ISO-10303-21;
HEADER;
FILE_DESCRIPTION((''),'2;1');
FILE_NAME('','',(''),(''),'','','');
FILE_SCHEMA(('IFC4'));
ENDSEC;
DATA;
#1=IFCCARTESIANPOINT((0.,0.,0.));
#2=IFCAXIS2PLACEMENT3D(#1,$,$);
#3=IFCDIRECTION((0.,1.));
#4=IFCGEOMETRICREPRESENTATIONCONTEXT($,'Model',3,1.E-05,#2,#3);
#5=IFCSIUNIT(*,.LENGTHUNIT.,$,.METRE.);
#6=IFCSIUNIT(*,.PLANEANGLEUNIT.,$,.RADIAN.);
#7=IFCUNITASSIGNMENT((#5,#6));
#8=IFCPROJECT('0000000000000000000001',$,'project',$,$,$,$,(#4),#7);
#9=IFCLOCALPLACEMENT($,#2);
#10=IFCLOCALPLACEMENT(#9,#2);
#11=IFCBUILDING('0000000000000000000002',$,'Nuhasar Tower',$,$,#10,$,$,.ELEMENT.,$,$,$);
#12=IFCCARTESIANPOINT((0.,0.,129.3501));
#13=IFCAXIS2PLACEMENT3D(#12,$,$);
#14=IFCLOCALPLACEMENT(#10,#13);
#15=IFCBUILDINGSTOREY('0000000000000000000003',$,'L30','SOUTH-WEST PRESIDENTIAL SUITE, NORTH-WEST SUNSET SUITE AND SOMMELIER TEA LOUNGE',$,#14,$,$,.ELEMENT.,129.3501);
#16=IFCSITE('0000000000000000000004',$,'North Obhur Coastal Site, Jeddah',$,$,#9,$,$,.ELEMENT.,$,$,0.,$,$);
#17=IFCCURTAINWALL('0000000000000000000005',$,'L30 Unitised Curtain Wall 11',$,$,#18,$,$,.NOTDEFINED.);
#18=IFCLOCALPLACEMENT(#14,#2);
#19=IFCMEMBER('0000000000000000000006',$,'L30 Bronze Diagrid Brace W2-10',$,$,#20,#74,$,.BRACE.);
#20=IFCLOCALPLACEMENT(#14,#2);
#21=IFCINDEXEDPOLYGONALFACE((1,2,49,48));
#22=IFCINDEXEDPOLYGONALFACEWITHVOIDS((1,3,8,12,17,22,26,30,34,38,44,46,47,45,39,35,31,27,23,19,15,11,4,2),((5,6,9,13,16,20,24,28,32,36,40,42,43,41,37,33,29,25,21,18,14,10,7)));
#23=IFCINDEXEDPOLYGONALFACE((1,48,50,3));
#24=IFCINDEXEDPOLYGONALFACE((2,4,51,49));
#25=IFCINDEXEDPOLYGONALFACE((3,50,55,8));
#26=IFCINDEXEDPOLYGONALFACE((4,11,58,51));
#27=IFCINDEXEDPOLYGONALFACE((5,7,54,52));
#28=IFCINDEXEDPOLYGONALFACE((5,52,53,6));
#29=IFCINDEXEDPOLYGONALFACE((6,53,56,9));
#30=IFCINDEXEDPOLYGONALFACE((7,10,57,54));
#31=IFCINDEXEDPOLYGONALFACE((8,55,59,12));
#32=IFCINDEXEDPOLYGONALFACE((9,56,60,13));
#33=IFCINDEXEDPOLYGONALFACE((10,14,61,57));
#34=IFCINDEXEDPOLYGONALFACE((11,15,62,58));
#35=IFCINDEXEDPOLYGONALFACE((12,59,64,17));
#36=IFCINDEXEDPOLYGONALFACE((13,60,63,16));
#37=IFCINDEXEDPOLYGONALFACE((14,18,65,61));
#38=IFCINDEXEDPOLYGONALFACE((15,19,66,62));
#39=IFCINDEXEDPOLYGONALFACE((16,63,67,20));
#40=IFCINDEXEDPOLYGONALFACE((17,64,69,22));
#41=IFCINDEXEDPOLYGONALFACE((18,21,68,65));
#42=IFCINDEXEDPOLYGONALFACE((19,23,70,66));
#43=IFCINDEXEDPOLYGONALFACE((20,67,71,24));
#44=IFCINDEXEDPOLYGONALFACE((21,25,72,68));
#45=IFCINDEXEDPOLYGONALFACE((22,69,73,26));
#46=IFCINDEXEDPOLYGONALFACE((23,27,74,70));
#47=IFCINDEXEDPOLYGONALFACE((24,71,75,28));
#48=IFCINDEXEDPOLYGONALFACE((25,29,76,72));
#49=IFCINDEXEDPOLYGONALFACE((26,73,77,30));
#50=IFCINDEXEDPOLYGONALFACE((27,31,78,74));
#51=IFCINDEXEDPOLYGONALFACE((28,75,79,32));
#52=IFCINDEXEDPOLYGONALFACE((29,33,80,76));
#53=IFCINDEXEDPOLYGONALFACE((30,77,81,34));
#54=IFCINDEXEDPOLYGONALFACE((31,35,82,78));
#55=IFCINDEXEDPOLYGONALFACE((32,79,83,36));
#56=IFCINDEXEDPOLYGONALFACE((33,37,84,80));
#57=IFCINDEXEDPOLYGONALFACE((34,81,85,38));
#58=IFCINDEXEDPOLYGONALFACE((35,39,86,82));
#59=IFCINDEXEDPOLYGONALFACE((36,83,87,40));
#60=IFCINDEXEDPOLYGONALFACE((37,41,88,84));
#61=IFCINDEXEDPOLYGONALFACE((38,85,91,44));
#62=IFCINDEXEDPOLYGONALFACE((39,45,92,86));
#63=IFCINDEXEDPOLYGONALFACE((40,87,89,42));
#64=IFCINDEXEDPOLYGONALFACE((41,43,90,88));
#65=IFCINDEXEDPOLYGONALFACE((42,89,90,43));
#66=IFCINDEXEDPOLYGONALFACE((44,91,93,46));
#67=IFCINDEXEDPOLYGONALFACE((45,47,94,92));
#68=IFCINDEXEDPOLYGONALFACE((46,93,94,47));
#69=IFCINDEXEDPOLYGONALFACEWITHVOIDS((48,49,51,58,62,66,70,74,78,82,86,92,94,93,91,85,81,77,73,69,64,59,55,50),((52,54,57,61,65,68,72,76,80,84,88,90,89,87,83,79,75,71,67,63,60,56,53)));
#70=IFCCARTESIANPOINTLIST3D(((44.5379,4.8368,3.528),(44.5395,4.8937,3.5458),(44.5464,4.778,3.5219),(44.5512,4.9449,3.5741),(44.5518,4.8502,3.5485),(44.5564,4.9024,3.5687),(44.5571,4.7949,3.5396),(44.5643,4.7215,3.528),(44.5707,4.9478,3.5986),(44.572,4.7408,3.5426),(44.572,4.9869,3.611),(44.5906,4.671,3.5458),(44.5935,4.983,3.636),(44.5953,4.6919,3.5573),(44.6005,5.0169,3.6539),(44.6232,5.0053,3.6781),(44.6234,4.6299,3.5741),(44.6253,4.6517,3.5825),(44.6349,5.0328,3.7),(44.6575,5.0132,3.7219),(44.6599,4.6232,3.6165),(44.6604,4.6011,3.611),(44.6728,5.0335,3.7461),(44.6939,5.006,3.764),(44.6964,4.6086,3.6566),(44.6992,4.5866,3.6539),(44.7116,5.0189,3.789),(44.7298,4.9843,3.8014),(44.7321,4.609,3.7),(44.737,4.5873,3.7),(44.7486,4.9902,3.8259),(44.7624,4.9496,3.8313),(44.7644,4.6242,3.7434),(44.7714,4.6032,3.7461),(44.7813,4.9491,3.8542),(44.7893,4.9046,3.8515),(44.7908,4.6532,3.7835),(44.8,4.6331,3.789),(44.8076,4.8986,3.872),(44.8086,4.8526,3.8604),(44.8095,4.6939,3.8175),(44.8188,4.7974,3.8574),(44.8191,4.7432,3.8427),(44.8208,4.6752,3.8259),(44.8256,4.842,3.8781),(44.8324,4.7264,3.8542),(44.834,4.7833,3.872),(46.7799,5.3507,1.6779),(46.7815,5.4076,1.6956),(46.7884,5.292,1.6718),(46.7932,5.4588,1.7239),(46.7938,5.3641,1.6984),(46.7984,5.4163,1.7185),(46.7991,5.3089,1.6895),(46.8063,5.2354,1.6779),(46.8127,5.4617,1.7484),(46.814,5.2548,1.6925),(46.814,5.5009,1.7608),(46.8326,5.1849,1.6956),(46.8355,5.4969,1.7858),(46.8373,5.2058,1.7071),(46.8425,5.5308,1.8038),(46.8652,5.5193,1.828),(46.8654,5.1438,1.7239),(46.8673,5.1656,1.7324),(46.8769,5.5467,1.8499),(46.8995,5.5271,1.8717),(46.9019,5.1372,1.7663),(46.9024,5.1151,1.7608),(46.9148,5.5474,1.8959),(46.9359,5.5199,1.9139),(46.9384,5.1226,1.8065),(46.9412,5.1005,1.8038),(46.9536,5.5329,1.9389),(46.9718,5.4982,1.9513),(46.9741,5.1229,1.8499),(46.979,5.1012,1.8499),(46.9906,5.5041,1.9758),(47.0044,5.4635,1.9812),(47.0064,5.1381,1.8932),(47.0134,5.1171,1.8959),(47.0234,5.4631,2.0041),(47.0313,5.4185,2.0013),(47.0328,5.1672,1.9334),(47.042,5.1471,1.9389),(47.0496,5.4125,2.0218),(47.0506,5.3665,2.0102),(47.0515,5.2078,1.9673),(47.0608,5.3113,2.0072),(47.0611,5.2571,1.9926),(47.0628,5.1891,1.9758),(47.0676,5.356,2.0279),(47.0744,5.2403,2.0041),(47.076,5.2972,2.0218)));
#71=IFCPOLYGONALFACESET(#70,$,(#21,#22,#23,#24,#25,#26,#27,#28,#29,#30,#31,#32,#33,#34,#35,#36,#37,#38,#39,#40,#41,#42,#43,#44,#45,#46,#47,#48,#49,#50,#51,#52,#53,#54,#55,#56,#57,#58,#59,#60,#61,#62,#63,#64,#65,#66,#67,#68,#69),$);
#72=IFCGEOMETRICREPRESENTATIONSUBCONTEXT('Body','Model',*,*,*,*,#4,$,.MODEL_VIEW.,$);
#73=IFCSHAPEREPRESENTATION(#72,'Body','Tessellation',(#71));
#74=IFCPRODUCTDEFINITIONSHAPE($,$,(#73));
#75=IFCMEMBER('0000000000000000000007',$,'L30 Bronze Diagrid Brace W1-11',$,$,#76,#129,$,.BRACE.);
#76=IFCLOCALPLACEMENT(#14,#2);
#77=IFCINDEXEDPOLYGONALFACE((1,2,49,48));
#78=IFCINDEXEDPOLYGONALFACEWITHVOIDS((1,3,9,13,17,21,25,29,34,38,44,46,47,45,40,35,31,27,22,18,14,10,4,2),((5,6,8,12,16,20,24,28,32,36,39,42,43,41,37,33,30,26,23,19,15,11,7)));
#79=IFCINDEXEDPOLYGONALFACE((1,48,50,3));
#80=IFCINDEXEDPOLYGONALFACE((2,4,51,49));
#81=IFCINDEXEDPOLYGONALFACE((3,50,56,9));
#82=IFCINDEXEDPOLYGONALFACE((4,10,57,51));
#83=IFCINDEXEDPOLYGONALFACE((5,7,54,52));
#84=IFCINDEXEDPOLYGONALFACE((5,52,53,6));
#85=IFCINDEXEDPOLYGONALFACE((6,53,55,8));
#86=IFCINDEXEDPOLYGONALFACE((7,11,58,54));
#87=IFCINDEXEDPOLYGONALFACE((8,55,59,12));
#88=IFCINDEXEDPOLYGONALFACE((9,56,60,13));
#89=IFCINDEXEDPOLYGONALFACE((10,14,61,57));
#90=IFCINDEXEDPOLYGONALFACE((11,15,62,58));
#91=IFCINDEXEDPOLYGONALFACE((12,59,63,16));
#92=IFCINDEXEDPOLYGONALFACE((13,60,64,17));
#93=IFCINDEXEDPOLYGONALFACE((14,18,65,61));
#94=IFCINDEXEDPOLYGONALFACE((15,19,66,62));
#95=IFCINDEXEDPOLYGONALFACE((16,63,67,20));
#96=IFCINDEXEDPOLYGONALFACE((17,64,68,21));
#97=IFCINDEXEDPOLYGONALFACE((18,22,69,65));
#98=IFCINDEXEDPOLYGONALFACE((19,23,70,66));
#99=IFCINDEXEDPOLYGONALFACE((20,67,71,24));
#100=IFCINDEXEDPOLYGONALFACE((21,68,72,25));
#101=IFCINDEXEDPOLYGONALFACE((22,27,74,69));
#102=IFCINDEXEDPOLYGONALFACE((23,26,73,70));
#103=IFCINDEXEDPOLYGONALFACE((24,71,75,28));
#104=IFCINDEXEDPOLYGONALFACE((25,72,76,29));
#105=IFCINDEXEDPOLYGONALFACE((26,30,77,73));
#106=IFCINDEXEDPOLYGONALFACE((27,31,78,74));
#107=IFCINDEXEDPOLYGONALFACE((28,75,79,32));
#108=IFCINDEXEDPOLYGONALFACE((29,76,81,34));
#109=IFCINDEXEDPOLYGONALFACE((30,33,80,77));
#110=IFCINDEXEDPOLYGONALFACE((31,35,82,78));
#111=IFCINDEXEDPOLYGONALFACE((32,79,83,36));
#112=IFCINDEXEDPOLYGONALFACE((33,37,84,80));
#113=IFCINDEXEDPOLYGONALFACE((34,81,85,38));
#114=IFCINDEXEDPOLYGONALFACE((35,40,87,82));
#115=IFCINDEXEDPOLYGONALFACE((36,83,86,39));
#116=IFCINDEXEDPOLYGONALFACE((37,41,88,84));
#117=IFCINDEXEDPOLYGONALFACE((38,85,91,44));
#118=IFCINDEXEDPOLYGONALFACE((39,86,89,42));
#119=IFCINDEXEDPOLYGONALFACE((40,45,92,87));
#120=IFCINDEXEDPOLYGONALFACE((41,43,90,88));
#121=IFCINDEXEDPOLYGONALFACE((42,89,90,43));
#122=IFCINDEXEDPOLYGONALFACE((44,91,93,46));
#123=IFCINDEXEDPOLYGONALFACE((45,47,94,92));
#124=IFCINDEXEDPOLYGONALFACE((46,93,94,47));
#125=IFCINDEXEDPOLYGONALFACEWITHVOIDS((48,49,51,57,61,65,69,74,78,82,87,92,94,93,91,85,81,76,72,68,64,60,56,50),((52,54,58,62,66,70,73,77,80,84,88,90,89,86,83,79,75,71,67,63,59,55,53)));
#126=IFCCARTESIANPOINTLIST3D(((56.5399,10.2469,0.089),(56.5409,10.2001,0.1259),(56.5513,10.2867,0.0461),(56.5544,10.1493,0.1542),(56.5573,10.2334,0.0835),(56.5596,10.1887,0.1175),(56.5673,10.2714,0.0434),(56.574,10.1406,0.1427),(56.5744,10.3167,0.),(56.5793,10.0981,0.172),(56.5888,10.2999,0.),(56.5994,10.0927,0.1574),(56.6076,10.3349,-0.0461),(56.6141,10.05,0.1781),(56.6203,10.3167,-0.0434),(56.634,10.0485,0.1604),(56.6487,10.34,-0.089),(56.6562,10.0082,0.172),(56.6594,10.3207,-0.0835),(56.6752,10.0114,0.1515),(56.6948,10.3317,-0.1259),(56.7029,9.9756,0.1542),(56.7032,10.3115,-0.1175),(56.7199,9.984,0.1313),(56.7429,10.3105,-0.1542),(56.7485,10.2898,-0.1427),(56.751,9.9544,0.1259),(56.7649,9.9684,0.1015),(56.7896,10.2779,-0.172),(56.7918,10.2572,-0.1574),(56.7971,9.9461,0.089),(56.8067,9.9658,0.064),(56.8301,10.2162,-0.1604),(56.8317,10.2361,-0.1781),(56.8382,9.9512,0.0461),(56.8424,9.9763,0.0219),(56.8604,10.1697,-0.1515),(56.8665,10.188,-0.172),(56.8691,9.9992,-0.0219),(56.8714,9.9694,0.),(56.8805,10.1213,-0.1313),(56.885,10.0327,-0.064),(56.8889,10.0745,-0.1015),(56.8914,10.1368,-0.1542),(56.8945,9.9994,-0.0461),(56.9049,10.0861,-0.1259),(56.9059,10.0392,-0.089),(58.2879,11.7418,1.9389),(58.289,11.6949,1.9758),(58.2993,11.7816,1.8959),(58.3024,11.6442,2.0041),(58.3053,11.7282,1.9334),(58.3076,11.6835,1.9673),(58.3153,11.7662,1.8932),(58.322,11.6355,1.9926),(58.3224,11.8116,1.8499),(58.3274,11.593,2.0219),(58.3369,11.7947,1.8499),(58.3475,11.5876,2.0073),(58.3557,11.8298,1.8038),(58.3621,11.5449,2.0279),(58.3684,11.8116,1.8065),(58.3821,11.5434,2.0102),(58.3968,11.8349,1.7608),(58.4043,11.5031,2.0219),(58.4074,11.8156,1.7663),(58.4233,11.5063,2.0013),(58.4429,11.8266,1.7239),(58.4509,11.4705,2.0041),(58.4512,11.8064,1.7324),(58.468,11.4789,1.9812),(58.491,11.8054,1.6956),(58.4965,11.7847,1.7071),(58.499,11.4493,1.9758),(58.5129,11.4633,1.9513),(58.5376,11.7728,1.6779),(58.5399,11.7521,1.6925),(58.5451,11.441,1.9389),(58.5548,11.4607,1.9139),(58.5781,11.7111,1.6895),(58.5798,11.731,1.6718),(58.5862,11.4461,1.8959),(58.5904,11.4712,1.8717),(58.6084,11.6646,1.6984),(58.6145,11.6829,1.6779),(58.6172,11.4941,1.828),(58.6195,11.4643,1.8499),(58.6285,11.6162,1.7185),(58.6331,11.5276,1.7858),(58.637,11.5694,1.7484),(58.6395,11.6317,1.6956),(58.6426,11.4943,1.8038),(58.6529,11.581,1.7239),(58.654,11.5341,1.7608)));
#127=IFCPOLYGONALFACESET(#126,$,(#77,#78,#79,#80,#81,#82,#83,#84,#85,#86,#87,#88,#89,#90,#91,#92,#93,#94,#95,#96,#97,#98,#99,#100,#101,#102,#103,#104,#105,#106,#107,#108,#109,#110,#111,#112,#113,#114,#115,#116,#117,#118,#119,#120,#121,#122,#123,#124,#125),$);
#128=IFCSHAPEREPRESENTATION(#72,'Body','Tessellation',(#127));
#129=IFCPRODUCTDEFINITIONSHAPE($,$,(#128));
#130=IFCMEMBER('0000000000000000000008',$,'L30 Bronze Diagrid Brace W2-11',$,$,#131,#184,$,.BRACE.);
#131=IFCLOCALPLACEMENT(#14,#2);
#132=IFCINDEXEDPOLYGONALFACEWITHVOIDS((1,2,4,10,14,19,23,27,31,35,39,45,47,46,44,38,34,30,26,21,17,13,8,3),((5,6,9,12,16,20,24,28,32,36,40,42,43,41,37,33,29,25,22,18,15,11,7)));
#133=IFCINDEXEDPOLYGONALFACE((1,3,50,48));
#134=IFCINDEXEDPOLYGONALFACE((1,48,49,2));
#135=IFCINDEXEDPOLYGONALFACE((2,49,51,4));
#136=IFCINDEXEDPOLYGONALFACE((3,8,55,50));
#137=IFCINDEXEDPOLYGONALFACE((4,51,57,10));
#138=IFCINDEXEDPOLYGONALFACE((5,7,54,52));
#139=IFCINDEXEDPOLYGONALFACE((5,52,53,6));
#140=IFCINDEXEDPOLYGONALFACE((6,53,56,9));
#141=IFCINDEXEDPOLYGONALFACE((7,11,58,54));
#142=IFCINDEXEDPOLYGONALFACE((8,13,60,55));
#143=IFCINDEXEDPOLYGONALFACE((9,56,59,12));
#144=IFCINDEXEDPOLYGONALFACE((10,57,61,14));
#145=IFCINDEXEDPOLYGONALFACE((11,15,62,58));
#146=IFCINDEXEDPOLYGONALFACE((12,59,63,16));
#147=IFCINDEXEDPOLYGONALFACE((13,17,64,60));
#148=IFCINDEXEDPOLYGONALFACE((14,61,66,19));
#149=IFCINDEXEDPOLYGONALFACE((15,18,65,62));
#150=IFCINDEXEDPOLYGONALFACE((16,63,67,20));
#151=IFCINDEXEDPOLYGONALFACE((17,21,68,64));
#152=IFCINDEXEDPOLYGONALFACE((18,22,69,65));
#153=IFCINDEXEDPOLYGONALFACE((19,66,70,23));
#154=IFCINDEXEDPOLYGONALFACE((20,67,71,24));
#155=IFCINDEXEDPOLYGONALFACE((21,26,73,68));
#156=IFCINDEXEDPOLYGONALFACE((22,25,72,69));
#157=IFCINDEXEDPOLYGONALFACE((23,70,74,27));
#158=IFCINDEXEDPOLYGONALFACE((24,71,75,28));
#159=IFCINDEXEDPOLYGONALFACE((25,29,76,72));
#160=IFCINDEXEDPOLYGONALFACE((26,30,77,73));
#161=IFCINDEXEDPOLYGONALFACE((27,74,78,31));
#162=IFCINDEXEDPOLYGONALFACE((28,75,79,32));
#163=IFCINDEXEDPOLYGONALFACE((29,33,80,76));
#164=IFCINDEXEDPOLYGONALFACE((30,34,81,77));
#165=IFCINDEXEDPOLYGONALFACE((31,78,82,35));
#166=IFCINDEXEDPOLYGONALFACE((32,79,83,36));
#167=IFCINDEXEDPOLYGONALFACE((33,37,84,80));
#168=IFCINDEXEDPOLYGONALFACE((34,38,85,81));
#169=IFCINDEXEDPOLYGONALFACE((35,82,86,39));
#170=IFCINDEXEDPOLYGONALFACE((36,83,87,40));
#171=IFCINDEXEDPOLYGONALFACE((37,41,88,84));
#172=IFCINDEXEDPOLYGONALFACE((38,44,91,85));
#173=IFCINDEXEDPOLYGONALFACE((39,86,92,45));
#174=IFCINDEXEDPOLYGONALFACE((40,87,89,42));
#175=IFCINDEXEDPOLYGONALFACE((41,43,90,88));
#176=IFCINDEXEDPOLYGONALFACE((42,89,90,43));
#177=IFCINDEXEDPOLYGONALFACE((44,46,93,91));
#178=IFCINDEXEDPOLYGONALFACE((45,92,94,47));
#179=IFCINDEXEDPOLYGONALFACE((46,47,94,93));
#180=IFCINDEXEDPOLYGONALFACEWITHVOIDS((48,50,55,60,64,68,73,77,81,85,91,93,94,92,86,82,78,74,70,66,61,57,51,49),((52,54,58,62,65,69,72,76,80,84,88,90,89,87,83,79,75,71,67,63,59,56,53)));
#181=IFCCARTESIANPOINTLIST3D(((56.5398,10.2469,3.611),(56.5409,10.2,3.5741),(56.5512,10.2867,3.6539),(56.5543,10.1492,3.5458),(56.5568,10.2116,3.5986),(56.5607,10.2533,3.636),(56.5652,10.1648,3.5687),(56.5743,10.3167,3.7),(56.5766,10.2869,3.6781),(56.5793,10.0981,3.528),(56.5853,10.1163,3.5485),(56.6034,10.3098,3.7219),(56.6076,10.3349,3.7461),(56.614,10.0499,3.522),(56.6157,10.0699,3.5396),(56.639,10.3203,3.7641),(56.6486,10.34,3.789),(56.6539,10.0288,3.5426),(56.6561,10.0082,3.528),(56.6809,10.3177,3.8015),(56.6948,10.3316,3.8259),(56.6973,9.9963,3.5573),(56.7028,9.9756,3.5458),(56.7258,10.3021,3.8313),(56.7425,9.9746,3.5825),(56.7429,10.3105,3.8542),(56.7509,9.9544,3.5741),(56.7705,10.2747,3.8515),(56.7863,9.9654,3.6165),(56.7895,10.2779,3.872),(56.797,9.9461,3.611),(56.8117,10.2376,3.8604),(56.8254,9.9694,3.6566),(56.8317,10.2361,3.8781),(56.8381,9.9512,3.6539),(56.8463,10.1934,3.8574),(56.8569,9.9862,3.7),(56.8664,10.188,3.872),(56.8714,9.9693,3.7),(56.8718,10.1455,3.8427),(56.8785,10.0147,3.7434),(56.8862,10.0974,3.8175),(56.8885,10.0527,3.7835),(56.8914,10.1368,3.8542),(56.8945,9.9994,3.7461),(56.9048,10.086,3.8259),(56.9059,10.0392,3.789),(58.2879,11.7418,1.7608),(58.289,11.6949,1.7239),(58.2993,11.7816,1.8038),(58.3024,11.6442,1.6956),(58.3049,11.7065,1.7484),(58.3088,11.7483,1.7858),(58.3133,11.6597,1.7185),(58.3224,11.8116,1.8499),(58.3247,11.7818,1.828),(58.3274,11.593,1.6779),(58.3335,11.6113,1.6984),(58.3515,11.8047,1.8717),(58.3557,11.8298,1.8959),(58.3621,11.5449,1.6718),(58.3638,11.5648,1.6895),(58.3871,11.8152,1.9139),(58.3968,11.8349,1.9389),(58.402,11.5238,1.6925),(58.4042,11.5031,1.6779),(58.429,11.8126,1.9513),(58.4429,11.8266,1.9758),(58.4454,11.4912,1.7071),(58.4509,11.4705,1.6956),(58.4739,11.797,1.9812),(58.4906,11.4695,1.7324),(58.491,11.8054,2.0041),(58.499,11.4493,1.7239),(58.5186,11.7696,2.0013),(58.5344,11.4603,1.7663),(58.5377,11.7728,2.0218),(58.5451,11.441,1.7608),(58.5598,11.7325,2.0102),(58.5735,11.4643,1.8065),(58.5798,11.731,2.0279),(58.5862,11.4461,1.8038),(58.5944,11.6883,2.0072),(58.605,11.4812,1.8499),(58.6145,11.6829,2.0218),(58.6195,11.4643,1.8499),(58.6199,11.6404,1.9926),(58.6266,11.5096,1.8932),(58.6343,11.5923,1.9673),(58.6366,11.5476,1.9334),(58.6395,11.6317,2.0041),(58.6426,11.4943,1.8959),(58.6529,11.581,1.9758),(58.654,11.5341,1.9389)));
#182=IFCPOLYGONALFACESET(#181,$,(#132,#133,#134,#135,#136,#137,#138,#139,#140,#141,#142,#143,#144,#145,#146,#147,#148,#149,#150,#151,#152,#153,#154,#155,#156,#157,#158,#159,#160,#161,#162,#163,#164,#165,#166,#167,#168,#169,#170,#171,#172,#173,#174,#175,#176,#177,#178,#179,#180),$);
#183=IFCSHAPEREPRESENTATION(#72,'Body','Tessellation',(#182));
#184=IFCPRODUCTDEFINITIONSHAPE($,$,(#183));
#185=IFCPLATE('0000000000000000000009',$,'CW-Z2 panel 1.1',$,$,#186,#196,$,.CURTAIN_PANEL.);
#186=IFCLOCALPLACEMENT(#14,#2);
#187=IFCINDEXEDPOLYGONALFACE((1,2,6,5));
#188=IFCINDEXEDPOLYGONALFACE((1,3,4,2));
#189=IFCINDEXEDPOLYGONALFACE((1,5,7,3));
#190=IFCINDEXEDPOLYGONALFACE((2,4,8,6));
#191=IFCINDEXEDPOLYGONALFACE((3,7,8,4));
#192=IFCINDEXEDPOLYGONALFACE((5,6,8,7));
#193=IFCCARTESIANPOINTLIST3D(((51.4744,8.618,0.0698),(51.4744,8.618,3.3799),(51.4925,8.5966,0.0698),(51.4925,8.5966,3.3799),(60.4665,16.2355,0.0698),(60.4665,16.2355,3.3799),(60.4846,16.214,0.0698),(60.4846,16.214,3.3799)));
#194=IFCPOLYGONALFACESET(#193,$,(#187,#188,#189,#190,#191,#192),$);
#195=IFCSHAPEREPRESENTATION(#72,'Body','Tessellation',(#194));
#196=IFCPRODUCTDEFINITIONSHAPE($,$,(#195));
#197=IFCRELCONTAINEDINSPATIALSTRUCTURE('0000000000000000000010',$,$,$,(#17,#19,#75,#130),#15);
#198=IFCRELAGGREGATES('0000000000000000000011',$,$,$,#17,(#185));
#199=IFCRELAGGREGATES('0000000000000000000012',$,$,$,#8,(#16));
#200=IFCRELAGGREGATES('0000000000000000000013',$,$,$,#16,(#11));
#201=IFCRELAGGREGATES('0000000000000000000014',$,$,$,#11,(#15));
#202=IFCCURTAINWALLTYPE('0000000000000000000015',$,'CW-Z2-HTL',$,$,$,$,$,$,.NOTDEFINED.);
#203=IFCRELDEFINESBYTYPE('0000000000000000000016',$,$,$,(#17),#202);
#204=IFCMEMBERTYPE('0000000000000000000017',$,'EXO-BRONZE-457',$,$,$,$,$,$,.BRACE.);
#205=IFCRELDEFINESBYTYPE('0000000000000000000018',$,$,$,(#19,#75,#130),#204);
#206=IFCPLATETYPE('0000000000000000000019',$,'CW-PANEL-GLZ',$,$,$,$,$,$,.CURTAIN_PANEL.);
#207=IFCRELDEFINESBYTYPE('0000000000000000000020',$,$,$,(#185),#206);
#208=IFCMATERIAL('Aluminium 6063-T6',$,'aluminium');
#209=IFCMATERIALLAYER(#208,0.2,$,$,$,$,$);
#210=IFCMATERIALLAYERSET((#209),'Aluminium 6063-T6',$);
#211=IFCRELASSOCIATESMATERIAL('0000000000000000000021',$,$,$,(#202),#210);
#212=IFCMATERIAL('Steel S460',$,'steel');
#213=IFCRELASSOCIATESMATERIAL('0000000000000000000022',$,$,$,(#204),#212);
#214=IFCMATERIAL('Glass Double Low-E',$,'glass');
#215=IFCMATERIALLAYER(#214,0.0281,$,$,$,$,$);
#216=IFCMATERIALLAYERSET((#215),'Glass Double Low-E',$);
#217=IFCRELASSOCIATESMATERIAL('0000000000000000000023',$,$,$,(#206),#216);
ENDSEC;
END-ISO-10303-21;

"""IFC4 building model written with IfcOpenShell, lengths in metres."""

from ifc_helpers import new_model, si_unit, direction, frame, origin, origin_2d, place, context, subcontext, project, spatial, rectangle, hollow_circle, extrude, material, layer, layer_set, material_profile, profile_set, type_object, element, aggregate, save


model = new_model("IFC4")

# Units and contexts
model_context = context("Model", 3, precision=1e-05, world=origin(), true_north=direction((0.0, 1.0)))
body_context = subcontext(model_context, "Body", "Model", "MODEL_VIEW")
ifc_project = project(units=[si_unit("LENGTHUNIT", "METRE"), si_unit("PLANEANGLEUNIT", "RADIAN")], contexts=[model_context])

# Site, building, storey
site_placement = place(None, origin())
site = spatial("IfcSite", under=ifc_project, at=site_placement, Name="North Obhur Coastal Site, Jeddah", CompositionType="ELEMENT", RefElevation=0.0)
building_placement = place(site_placement, origin())
building = spatial("IfcBuilding", under=site, at=building_placement, Name="Nuhasar Tower", CompositionType="ELEMENT")
storey_placement = place(building_placement, frame((0.0, 0.0, 129.3501)))
storey = spatial("IfcBuildingStorey", under=building, at=storey_placement, Name="L30", Description="SOUTH-WEST PRESIDENTIAL SUITE, NORTH-WEST SUNSET SUITE AND SOMMELIER TEA LOUNGE", CompositionType="ELEMENT", Elevation=129.3501)

# Shared definitions
ifc_material_1 = material(Name="Aluminium 6063-T6", Category="aluminium")
ifc_layer_1 = layer(ifc_material_1, 0.2)
ifc_layer_set_1 = layer_set([ifc_layer_1], Name="Aluminium 6063-T6")
curtain_wall_type = type_object("IfcCurtainWallType", Name="CW-Z2-HTL", PredefinedType="NOTDEFINED", material=ifc_layer_set_1)

# Curtain wall
curtain_wall_1_placement = place(storey_placement, origin())
curtain_wall_1 = element("IfcCurtainWall", 1, at=curtain_wall_1_placement, inside=storey, type_object=curtain_wall_type, Name="L30 Unitised Curtain Wall 11", PredefinedType="NOTDEFINED")

# Members
ifc_material_2 = material(Name="Steel S460", Category="steel")
ifc_material_profile_1 = material_profile(ifc_material_2, hollow_circle(Radius=0.2285, WallThickness=0.0222, at=origin_2d()), Name="HSS457X22.2")
ifc_profile_set_1 = profile_set([ifc_material_profile_1], Name="Steel S460")
member_type_1 = type_object("IfcMemberType", Name="EXO-BRONZE-457", PredefinedType="BRACE", material=ifc_profile_set_1)
member_1_placement = place(storey_placement, frame((46.928, 5.324, 1.8499), z_axis=(-0.75951, -0.174101, 0.626764), x_axis=(0.223433, -0.974719, 0.0)))
element("IfcMember", 2, at=member_1_placement, inside=storey, type_object=member_type_1, Name="L30 Bronze Diagrid Brace W2-10", PredefinedType="BRACE", context=body_context, shape_type="SweptSolid", body=[
    extrude(hollow_circle(Radius=0.2285, WallThickness=0.0222, at=origin_2d()), origin(), (0.0, 0.0, 1.0), 2.9519),
])
member_2_placement = place(storey_placement, frame((56.7229, 10.1431, 0.0), z_axis=(0.592226, 0.506452, 0.626717), x_axis=(-0.649926, 0.759998, 0.0)))
element("IfcMember", 3, at=member_2_placement, inside=storey, type_object=member_type_1, Name="L30 Bronze Diagrid Brace W1-11", PredefinedType="BRACE", context=body_context, shape_type="SweptSolid", body=[
    extrude(hollow_circle(Radius=0.2285, WallThickness=0.0222, at=origin_2d()), origin(), (0.0, 0.0, 1.0), 2.9517),
])
member_3_placement = place(storey_placement, frame((58.4709, 11.6379, 1.8499), z_axis=(-0.592195, -0.506426, 0.626767), x_axis=(0.649926, -0.759998, 0.0)))
element("IfcMember", 4, at=member_3_placement, inside=storey, type_object=member_type_1, Name="L30 Bronze Diagrid Brace W2-11", PredefinedType="BRACE", context=body_context, shape_type="SweptSolid", body=[
    extrude(hollow_circle(Radius=0.2285, WallThickness=0.0222, at=origin_2d()), origin(), (0.0, 0.0, 1.0), 2.9519),
])

# Plate
ifc_material_3 = material(Name="Glass Double Low-E", Category="glass")
ifc_layer_2 = layer(ifc_material_3, 0.0281)
ifc_layer_set_2 = layer_set([ifc_layer_2], Name="Glass Double Low-E")
plate_type = type_object("IfcPlateType", Name="CW-PANEL-GLZ", PredefinedType="CURTAIN_PANEL", material=ifc_layer_set_2)
plate_placement = place(storey_placement, frame((55.9795, 12.416, 0.0698), z_axis=(0.0, 0.0, 1.0), x_axis=(0.76302, 0.646374, 0.0)))
plate = element("IfcPlate", 5, at=plate_placement, type_object=plate_type, Name="CW-Z2 panel 1.1", PredefinedType="CURTAIN_PANEL", context=body_context, shape_type="SweptSolid", body=[
    extrude(rectangle(XDim=11.7849, YDim=0.0281, at=origin_2d()), origin(), (0.0, 0.0, 1.0), 3.3101),
])
aggregate(curtain_wall_1, [plate])

save(model, "model.ifc")
